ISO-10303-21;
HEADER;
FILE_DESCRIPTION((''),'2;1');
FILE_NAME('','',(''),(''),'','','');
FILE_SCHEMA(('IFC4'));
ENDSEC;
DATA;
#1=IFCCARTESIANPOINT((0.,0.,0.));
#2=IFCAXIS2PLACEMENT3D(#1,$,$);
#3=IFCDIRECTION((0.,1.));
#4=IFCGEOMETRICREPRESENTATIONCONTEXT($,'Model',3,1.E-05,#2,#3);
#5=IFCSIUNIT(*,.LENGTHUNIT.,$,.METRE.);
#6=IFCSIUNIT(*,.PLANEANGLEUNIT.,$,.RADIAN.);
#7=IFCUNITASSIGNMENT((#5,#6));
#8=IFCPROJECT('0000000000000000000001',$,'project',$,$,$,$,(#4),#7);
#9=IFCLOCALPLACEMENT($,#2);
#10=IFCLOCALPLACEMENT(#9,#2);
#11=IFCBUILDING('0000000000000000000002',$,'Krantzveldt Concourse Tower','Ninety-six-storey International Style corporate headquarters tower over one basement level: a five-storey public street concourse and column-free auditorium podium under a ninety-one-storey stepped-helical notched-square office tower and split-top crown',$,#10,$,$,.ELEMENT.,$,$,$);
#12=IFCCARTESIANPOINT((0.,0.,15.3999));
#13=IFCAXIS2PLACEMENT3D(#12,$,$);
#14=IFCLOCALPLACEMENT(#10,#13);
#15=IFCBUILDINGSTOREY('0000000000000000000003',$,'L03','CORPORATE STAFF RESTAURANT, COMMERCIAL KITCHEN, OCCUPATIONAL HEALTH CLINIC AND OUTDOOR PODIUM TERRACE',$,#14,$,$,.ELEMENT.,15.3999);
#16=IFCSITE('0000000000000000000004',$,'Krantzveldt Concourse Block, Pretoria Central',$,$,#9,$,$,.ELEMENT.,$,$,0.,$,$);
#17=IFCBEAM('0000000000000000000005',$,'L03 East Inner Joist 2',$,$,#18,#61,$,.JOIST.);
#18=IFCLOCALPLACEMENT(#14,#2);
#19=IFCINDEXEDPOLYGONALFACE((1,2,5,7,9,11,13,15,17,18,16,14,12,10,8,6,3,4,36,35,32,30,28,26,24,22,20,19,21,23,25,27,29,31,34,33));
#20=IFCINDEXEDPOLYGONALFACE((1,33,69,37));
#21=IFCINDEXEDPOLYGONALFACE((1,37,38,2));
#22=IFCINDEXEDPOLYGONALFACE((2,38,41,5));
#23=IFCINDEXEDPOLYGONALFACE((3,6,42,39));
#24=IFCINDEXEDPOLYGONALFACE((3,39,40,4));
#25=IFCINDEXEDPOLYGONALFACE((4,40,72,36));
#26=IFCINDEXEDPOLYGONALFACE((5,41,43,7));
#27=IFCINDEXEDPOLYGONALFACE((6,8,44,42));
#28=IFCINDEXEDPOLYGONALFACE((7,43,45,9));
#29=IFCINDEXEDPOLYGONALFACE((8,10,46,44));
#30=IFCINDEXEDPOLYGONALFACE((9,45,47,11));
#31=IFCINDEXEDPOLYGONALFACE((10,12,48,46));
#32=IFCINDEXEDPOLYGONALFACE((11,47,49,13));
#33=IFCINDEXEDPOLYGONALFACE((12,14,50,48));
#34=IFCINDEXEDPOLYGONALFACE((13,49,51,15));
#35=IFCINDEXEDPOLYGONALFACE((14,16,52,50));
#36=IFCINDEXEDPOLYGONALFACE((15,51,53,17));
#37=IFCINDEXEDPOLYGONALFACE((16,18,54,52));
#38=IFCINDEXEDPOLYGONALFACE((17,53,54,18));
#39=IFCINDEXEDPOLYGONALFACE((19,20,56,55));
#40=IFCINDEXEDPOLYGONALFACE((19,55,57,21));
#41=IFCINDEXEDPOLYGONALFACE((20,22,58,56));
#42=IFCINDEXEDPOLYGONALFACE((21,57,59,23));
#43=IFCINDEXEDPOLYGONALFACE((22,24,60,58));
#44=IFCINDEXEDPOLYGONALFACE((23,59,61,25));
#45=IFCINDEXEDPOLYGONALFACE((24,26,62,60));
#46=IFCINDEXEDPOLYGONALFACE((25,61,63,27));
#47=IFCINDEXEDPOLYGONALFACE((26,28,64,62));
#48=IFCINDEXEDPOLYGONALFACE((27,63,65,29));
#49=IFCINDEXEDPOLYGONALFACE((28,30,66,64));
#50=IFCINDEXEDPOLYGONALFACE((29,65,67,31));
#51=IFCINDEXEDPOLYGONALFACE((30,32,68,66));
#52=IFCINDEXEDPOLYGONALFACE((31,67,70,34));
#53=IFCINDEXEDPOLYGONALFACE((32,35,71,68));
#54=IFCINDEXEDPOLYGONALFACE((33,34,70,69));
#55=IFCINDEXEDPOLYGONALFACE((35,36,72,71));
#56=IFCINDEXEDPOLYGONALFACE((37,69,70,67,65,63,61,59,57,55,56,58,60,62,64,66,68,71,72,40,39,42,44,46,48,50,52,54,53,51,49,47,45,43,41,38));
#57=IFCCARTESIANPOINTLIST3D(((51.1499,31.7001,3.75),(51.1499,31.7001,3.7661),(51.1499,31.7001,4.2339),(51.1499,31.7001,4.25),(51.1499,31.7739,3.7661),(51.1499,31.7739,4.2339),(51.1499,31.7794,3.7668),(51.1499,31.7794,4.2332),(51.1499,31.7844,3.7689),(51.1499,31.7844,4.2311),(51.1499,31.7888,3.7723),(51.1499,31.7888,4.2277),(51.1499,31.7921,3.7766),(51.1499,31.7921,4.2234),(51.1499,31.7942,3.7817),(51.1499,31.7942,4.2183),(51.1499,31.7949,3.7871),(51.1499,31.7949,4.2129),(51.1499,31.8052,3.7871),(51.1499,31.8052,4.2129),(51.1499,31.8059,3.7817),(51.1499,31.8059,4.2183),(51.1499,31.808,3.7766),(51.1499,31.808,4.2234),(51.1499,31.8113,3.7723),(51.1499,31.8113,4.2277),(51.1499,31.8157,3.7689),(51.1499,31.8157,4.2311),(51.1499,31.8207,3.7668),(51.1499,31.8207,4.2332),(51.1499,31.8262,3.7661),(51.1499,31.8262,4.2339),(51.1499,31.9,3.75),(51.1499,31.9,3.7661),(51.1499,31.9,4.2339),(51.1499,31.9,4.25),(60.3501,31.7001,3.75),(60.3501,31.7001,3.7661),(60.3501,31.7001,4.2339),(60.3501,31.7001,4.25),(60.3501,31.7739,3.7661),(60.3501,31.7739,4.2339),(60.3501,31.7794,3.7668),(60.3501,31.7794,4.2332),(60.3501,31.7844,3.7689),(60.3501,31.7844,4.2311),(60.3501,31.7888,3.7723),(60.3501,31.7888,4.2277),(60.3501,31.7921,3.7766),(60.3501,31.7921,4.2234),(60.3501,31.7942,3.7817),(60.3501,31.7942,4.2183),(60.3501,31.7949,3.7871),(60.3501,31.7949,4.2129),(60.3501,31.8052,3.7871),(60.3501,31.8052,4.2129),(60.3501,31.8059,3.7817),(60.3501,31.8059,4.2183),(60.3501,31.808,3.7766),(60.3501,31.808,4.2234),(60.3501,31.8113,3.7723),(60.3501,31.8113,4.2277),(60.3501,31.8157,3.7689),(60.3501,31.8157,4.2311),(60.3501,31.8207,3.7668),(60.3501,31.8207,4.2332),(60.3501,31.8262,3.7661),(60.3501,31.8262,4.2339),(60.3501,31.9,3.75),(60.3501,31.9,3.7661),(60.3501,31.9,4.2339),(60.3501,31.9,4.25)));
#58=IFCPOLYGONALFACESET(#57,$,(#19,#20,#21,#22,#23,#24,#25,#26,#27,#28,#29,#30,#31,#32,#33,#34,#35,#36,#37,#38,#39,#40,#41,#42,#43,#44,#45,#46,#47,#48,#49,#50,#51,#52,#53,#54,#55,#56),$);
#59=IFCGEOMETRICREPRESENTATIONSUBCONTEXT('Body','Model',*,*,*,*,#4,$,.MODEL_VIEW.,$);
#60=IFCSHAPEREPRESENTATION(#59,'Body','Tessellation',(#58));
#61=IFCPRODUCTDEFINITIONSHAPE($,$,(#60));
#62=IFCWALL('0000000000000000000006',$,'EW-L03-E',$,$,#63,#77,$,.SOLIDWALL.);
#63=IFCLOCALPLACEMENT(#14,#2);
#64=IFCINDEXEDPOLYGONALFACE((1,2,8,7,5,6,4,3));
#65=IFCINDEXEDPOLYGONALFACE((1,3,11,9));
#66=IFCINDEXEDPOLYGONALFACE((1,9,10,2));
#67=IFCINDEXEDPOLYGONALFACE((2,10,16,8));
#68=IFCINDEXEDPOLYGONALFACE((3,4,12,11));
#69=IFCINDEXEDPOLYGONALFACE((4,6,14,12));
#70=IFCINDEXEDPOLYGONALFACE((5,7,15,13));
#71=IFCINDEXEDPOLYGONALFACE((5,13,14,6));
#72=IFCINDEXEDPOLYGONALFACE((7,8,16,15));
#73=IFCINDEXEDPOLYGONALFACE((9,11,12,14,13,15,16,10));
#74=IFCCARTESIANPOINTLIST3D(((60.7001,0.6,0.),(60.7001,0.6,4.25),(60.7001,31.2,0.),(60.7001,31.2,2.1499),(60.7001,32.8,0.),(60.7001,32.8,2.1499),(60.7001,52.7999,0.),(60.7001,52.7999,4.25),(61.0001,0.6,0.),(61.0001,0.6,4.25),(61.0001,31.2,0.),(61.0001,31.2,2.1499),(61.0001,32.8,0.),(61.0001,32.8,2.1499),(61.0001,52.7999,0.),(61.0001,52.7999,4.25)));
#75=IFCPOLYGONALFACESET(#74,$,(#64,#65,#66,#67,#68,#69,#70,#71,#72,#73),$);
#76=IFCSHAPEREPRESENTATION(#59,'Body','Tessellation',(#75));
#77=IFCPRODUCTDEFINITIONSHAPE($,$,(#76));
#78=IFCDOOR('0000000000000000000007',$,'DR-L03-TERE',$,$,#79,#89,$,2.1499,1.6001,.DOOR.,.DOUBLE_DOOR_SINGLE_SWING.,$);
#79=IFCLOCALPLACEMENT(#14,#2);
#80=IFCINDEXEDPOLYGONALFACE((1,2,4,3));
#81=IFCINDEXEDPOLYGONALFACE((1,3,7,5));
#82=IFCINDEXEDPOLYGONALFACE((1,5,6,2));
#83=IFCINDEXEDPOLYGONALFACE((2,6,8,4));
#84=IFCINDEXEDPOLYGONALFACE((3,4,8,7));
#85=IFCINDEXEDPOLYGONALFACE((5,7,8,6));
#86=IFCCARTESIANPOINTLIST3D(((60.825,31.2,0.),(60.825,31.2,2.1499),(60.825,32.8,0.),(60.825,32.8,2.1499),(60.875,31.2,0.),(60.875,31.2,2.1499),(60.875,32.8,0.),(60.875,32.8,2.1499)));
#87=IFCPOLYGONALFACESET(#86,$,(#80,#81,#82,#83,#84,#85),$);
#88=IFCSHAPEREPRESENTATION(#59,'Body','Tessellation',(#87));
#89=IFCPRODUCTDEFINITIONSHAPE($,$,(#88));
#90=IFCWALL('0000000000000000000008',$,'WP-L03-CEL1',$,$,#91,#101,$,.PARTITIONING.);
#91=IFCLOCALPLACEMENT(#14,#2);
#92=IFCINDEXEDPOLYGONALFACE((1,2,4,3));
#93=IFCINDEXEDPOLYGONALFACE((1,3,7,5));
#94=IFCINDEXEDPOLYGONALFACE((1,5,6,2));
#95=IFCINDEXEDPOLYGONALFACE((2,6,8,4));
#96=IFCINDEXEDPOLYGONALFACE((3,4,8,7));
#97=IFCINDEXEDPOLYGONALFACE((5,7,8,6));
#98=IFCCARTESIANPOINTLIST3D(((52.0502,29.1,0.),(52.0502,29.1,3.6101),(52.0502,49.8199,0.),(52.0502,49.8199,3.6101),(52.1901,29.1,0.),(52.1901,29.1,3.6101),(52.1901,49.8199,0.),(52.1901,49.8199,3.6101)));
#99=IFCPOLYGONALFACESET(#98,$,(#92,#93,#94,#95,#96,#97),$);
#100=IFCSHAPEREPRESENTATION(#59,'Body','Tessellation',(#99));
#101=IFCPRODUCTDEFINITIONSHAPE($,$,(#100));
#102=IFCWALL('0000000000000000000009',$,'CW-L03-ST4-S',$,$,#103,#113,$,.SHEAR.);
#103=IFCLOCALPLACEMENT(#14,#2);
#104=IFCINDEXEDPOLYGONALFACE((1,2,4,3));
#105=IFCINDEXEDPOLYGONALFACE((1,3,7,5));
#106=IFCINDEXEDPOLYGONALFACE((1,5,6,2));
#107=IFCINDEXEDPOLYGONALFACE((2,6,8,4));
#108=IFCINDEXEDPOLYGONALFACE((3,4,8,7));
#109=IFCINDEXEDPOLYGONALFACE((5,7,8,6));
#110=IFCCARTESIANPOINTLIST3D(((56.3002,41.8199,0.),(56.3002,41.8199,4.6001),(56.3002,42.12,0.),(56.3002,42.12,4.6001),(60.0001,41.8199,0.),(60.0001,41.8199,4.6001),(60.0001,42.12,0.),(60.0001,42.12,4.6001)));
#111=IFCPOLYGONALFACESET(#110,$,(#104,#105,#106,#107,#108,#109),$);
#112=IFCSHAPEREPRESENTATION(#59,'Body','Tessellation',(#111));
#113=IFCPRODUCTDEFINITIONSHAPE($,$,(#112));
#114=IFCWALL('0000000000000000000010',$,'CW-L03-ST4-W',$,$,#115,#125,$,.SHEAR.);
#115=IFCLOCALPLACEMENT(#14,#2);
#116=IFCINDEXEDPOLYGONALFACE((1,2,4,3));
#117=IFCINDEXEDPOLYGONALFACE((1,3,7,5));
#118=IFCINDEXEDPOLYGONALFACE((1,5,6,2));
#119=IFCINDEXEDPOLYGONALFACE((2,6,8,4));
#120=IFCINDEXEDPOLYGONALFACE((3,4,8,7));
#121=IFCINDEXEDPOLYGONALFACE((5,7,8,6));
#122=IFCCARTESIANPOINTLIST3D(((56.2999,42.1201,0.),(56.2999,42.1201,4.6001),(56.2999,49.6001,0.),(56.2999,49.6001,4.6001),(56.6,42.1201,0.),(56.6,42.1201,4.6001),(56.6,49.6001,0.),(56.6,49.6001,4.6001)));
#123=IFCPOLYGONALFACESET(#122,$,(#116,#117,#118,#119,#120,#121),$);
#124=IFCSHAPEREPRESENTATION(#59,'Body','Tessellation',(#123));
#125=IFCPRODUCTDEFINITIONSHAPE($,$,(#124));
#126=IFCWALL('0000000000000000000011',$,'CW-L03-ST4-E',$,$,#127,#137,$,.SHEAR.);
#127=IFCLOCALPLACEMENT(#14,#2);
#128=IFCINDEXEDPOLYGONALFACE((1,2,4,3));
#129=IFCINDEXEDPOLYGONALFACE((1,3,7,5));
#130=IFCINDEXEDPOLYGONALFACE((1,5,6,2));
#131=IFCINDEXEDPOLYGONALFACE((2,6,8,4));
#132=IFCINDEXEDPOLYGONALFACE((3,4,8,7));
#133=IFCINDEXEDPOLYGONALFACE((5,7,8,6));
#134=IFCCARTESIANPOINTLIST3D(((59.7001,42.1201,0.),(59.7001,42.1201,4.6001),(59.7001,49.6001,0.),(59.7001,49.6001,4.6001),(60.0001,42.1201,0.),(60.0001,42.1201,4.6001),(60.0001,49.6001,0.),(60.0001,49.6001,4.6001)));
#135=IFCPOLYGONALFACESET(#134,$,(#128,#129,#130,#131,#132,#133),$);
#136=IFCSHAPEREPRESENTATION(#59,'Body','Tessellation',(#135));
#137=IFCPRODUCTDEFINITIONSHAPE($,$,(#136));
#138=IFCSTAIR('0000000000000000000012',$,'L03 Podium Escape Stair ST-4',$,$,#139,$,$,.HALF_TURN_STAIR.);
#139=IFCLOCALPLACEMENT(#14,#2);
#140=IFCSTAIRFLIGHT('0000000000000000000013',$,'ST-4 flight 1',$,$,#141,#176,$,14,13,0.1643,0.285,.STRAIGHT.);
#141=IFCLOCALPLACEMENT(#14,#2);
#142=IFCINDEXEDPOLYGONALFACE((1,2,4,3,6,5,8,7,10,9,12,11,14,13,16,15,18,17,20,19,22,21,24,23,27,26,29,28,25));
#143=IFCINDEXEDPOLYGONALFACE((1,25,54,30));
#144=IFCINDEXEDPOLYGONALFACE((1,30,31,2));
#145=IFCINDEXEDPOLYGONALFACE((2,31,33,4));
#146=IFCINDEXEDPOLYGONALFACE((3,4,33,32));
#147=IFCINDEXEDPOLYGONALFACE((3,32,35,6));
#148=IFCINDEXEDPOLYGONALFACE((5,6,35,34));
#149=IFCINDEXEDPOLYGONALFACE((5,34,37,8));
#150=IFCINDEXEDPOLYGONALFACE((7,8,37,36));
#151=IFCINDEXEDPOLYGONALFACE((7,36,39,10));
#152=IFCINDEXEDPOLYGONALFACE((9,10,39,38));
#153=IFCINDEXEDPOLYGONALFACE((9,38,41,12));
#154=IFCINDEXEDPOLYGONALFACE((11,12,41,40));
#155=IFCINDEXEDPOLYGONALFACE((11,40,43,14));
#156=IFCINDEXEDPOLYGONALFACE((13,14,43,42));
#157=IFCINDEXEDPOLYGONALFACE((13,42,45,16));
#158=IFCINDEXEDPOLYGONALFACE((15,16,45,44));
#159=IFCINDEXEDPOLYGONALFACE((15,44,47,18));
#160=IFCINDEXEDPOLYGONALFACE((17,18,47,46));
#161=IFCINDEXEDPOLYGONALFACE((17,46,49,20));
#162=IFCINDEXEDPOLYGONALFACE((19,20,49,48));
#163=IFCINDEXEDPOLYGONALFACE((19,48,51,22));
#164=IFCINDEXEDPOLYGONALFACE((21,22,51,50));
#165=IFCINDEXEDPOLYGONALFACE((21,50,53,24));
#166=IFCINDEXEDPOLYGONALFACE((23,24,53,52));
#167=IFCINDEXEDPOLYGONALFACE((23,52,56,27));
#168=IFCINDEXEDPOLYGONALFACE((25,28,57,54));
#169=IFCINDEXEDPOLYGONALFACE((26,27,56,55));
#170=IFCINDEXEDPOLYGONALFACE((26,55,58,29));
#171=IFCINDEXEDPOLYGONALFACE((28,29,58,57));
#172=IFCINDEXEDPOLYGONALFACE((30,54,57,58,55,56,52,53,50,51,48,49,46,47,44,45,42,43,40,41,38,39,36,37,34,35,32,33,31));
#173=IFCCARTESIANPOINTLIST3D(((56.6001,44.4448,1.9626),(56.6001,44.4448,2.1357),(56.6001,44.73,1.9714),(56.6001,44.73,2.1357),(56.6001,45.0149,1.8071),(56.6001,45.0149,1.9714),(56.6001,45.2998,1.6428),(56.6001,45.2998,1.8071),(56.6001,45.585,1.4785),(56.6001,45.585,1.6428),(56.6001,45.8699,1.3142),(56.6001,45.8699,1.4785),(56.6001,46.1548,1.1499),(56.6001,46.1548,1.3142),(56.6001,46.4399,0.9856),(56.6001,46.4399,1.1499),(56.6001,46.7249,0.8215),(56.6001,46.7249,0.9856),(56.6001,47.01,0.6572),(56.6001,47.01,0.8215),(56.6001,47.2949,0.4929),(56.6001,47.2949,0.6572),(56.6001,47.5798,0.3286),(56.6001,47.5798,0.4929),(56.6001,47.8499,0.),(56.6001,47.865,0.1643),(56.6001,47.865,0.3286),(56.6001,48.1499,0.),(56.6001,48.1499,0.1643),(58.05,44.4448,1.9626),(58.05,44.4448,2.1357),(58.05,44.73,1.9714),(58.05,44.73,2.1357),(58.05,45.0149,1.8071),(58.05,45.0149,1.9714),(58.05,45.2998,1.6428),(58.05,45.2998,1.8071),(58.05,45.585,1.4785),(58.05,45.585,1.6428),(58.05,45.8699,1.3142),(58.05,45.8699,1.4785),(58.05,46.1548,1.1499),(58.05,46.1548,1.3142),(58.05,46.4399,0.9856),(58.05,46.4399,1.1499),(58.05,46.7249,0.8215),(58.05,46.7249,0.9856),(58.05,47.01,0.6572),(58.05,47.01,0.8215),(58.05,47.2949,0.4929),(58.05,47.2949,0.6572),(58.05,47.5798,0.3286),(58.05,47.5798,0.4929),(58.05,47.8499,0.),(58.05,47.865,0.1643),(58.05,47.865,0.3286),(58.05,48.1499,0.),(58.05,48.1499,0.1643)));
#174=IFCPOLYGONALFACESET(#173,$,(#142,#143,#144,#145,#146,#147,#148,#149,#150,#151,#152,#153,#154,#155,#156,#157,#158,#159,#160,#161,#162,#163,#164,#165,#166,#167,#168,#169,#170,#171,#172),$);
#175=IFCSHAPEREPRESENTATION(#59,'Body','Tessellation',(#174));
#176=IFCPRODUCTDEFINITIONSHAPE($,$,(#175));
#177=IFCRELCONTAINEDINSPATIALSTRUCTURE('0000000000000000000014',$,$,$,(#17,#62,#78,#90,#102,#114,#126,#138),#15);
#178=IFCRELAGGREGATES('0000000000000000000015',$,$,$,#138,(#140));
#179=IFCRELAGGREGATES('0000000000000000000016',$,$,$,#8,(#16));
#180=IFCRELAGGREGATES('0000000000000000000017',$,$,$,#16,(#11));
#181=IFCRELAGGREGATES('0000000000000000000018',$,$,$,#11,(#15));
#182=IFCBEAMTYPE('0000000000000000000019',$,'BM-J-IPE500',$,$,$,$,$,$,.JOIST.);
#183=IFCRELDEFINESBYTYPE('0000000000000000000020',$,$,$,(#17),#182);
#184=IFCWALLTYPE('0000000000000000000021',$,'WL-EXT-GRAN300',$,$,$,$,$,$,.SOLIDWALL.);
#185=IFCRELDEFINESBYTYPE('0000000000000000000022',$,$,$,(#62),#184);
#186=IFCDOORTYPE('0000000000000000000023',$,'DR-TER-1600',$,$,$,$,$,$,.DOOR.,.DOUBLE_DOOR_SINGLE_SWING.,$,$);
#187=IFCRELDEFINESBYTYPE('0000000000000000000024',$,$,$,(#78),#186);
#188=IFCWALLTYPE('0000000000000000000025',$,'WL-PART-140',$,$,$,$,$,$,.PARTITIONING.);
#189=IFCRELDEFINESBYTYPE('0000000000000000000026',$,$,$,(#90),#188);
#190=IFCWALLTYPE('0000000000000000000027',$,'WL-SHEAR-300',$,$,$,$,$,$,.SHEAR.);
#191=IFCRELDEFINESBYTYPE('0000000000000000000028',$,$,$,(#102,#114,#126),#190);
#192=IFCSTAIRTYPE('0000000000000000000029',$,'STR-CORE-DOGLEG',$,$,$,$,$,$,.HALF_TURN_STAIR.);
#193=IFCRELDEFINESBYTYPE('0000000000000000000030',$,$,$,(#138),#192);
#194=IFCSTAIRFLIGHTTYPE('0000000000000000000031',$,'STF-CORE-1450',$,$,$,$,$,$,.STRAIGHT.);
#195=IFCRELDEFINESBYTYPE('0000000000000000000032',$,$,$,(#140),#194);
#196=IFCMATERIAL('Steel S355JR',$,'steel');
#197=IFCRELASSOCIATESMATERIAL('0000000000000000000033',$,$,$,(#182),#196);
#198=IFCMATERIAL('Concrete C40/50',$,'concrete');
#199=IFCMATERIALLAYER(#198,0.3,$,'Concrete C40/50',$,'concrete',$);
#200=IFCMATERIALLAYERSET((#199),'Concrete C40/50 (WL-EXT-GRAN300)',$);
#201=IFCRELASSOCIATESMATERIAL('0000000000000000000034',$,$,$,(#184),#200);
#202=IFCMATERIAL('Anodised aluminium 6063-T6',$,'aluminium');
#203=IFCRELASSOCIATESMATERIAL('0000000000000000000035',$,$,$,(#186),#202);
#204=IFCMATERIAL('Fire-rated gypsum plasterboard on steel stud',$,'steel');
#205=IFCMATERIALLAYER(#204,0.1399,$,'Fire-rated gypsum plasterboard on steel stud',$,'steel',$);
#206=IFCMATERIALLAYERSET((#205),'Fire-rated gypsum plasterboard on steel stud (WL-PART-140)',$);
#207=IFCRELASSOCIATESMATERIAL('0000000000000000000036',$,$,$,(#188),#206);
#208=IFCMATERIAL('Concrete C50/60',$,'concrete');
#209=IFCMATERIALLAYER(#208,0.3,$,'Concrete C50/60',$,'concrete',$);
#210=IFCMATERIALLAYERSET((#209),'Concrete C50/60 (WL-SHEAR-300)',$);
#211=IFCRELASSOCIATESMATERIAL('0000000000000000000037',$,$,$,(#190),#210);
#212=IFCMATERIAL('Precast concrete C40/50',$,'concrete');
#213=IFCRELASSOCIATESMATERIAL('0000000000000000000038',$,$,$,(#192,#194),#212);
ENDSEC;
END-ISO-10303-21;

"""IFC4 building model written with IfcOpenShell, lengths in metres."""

from ifc_helpers import new_model, si_unit, direction, frame, frame_2d, origin, origin_2d, place, context, subcontext, project, spatial, polyline, rectangle, i_section, outline, extrude, source, transform, mapped, material, layer, layer_set, material_profile, profile_set, type_object, type_shapes, element, fill, aggregate, save


model = new_model("IFC4")

# Units and contexts
model_context = context("Model", 3, precision=1e-05, world=origin(), true_north=direction((0.0, 1.0)))
body_context = subcontext(model_context, "Body", "Model", "MODEL_VIEW")
ifc_project = project(units=[si_unit("LENGTHUNIT", "METRE"), si_unit("PLANEANGLEUNIT", "RADIAN")], contexts=[model_context])

# Site, building, storey
site_placement = place(None, origin())
site = spatial("IfcSite", under=ifc_project, at=site_placement, Name="Krantzveldt Concourse Block, Pretoria Central", CompositionType="ELEMENT", RefElevation=0.0)
building_placement = place(site_placement, origin())
building = spatial("IfcBuilding", under=site, at=building_placement, Name="Krantzveldt Concourse Tower", Description="Ninety-six-storey International Style corporate headquarters tower over one basement level: a five-storey public street concourse and column-free auditorium podium under a ninety-one-storey stepped-helical notched-square office tower and split-top crown", CompositionType="ELEMENT")
storey_placement = place(building_placement, frame((0.0, 0.0, 15.3999)))
storey = spatial("IfcBuildingStorey", under=building, at=storey_placement, Name="L03", Description="CORPORATE STAFF RESTAURANT, COMMERCIAL KITCHEN, OCCUPATIONAL HEALTH CLINIC AND OUTDOOR PODIUM TERRACE", CompositionType="ELEMENT", Elevation=15.3999)

# Shared definitions
ifc_material_1 = material(Name="Concrete C40/50", Category="concrete")

# Beam
ifc_material_2 = material(Name="Steel S355JR", Category="steel")
ifc_material_profile_1 = material_profile(ifc_material_2, i_section(OverallWidth=0.2, OverallDepth=0.5, WebThickness=0.0103, FlangeThickness=0.0161, FilletRadius=0.021, at=origin_2d()), Name="Steel S355JR", Category="steel")
ifc_profile_set_1 = profile_set([ifc_material_profile_1], Name="Steel S355JR - IPE 500")
beam_type_1 = type_object("IfcBeamType", Name="BM-J-IPE500", PredefinedType="JOIST", material=ifc_profile_set_1)
shared_shape_1 = source(origin(), body_context, "Body", "SweptSolid", [
    extrude(i_section(OverallWidth=0.2, OverallDepth=0.5, WebThickness=0.0103, FlangeThickness=0.0161, FilletRadius=0.021, at=origin_2d()), origin(), (0.0, 0.0, 1.0), 9.2002),
])
type_shapes(beam_type_1, [shared_shape_1])
beam_1_placement = place(storey_placement, frame((51.1499, 31.8, 4.0), z_axis=(1.0, 0.0, 0.0), x_axis=(0.0, 1.0, 0.0)))
element("IfcBeam", 1, at=beam_1_placement, inside=storey, type_object=beam_type_1, Name="L03 East Inner Joist 2", PredefinedType="JOIST", context=body_context, shape_type="MappedRepresentation", body=[
    mapped(shared_shape_1, transform((0.0, 0.0, 0.0), x_axis=(1.0, 0.0, 0.0), y_axis=(0.0, 1.0, 0.0), z_axis=(0.0, 0.0, 1.0), scale=1.0)),
])

# Wall, opening, door
ifc_layer_1 = layer(ifc_material_1, 0.3, Name="Concrete C40/50", Category="concrete")
ifc_layer_set_1 = layer_set([ifc_layer_1], Name="Concrete C40/50 (WL-EXT-GRAN300)")
wall_type_1 = type_object("IfcWallType", Name="WL-EXT-GRAN300", PredefinedType="SOLIDWALL", material=ifc_layer_set_1)
wall_1_placement = place(storey_placement, frame((60.8501, 52.8, 0.0), z_axis=(0.0, 0.0, 1.0), x_axis=(0.0, -1.0, 0.0)))
wall_1 = element("IfcWall", 2, at=wall_1_placement, inside=storey, type_object=wall_type_1, Name="EW-L03-E", PredefinedType="SOLIDWALL", context=body_context, shape_type="SweptSolid", body=[
    extrude(rectangle(XDim=52.2, YDim=0.3, at=frame_2d((26.1001, 0.0))), origin(), (0.0, 0.0, 1.0), 4.25),
])
opening_1_placement = place(wall_1_placement, frame((20.0, 0.0, 0.0)))
opening_1 = element("IfcOpeningElement", 3, at=opening_1_placement, cuts=wall_1, PredefinedType="OPENING", context=body_context, shape_type="SweptSolid", body=[
    extrude(rectangle(XDim=1.6001, YDim=2.1499, at=frame_2d((0.8, 1.075))), frame((0.0, 0.1602, 0.0), z_axis=(0.0, -1.0, 0.0), x_axis=(1.0, 0.0, 0.0)), (0.0, 0.0, 1.0), 0.3201),
])
ifc_material_3 = material(Name="Anodised aluminium 6063-T6", Category="aluminium")
door_type_1 = type_object("IfcDoorType", Name="DR-TER-1600", OperationType="DOUBLE_DOOR_SINGLE_SWING", PredefinedType="DOOR", material=ifc_material_3)
door_1_placement = place(opening_1_placement, origin())
door_1 = element("IfcDoor", 4, at=door_1_placement, inside=storey, type_object=door_type_1, Name="DR-L03-TERE", OperationType="DOUBLE_DOOR_SINGLE_SWING", OverallHeight=2.1499, OverallWidth=1.6001, PredefinedType="DOOR", context=body_context, shape_type="SweptSolid", body=[
    extrude(rectangle(XDim=1.6001, YDim=2.1499, at=frame_2d((0.8, 1.075))), frame((0.0, 0.0249, 0.0), z_axis=(0.0, -1.0, 0.0), x_axis=(1.0, 0.0, 0.0)), (0.0, 0.0, 1.0), 0.05),
])
fill(opening_1, door_1)

# Walls
ifc_material_4 = material(Name="Fire-rated gypsum plasterboard on steel stud", Category="steel")
ifc_layer_2 = layer(ifc_material_4, 0.1399, Name="Fire-rated gypsum plasterboard on steel stud", Category="steel")
ifc_layer_set_2 = layer_set([ifc_layer_2], Name="Fire-rated gypsum plasterboard on steel stud (WL-PART-140)")
wall_type_2 = type_object("IfcWallType", Name="WL-PART-140", PredefinedType="PARTITIONING", material=ifc_layer_set_2)
wall_2_placement = place(storey_placement, frame((52.1201, 29.1001, 0.0), z_axis=(0.0, 0.0, 1.0), x_axis=(0.0, 1.0, 0.0)))
element("IfcWall", 5, at=wall_2_placement, inside=storey, type_object=wall_type_2, Name="WP-L03-CEL1", PredefinedType="PARTITIONING", context=body_context, shape_type="SweptSolid", body=[
    extrude(rectangle(XDim=20.72, YDim=0.1399, at=frame_2d((10.3599, 0.0))), origin(), (0.0, 0.0, 1.0), 3.6101),
])
ifc_material_5 = material(Name="Concrete C50/60", Category="concrete")
ifc_layer_3 = layer(ifc_material_5, 0.3, Name="Concrete C50/60", Category="concrete")
ifc_layer_set_3 = layer_set([ifc_layer_3], Name="Concrete C50/60 (WL-SHEAR-300)")
wall_type_3 = type_object("IfcWallType", Name="WL-SHEAR-300", PredefinedType="SHEAR", material=ifc_layer_set_3)
wall_3_placement = place(storey_placement, frame((56.3, 41.97, 0.0), z_axis=(0.0, 0.0, 1.0), x_axis=(1.0, 0.0, 0.0)))
element("IfcWall", 6, at=wall_3_placement, inside=storey, type_object=wall_type_3, Name="CW-L03-ST4-S", PredefinedType="SHEAR", context=body_context, shape_type="SweptSolid", body=[
    extrude(rectangle(XDim=3.7, YDim=0.3, at=frame_2d((1.8501, 0.0))), origin(), (0.0, 0.0, 1.0), 4.6001),
])

# Walls
for number, where, z_axis, x_axis, name in (
    (7, (56.45, 42.1201, 0.0), (0.0, 0.0, 1.0), (0.0, 1.0, 0.0), "CW-L03-ST4-W"),
    (8, (59.8501, 42.1201, 0.0), (0.0, 0.0, 1.0), (0.0, 1.0, 0.0), "CW-L03-ST4-E"),
):
    element("IfcWall", number, at=place(storey_placement, frame(where, z_axis=z_axis, x_axis=x_axis)), inside=storey, type_object=wall_type_3, Name=name, PredefinedType="SHEAR", context=body_context, shape_type="SweptSolid", body=[
        extrude(rectangle(XDim=7.48, YDim=0.3, at=frame_2d((3.74, 0.0))), origin(), (0.0, 0.0, 1.0), 4.6001),
    ])

# Stair, stair flight
ifc_material_6 = material(Name="Precast concrete C40/50", Category="concrete")
stair_type = type_object("IfcStairType", Name="STR-CORE-DOGLEG", PredefinedType="HALF_TURN_STAIR", material=ifc_material_6)
stair_placement = place(storey_placement, origin())
stair = element("IfcStair", 9, at=stair_placement, inside=storey, type_object=stair_type, Name="L03 Podium Escape Stair ST-4", PredefinedType="HALF_TURN_STAIR")
stair_flight_type = type_object("IfcStairFlightType", Name="STF-CORE-1450", PredefinedType="STRAIGHT", material=ifc_material_6)
stair_flight_1_placement = place(storey_placement, frame((57.325, 48.1499, 0.0), z_axis=(0.0, 0.0, 1.0), x_axis=(0.0, -1.0, 0.0)))
stair_flight_1 = element("IfcStairFlight", 10, at=stair_flight_1_placement, type_object=stair_flight_type, Name="ST-4 flight 1", NumberOfRisers=14, NumberOfTreads=13, PredefinedType="STRAIGHT", RiserHeight=0.1643, TreadLength=0.285, context=body_context, shape_type="SweptSolid", body=[
    extrude(outline(polyline([(0.0, 0.0), (0.0, 0.1643), (0.2849, 0.1643), (0.2849, 0.3286), (0.5701, 0.3286), (0.5701, 0.4929), (0.855, 0.4929), (0.855, 0.6572), (1.1399, 0.6572), (1.1399, 0.8215), (1.425, 0.8215), (1.425, 0.9856), (1.71, 0.9856), (1.71, 1.1499), (1.9951, 1.1499), (1.9951, 1.3142), (2.28, 1.3142), (2.28, 1.4785), (2.5649, 1.4785), (2.5649, 1.6428), (2.8501, 1.6428), (2.8501, 1.8071), (3.135, 1.8071), (3.135, 1.9714), (3.4199, 1.9714), (3.4199, 2.1357), (3.7051, 2.1357), (3.7051, 2.3), (3.7051, 1.9626), (0.3, 0.0), (0.0, 0.0)])), frame((0.0, 0.7251, 0.0), z_axis=(0.0, -1.0, 0.0), x_axis=(1.0, 0.0, 0.0)), (0.0, 0.0, 1.0), 1.45),
])
aggregate(stair, [stair_flight_1])

save(model, "model.ifc")
